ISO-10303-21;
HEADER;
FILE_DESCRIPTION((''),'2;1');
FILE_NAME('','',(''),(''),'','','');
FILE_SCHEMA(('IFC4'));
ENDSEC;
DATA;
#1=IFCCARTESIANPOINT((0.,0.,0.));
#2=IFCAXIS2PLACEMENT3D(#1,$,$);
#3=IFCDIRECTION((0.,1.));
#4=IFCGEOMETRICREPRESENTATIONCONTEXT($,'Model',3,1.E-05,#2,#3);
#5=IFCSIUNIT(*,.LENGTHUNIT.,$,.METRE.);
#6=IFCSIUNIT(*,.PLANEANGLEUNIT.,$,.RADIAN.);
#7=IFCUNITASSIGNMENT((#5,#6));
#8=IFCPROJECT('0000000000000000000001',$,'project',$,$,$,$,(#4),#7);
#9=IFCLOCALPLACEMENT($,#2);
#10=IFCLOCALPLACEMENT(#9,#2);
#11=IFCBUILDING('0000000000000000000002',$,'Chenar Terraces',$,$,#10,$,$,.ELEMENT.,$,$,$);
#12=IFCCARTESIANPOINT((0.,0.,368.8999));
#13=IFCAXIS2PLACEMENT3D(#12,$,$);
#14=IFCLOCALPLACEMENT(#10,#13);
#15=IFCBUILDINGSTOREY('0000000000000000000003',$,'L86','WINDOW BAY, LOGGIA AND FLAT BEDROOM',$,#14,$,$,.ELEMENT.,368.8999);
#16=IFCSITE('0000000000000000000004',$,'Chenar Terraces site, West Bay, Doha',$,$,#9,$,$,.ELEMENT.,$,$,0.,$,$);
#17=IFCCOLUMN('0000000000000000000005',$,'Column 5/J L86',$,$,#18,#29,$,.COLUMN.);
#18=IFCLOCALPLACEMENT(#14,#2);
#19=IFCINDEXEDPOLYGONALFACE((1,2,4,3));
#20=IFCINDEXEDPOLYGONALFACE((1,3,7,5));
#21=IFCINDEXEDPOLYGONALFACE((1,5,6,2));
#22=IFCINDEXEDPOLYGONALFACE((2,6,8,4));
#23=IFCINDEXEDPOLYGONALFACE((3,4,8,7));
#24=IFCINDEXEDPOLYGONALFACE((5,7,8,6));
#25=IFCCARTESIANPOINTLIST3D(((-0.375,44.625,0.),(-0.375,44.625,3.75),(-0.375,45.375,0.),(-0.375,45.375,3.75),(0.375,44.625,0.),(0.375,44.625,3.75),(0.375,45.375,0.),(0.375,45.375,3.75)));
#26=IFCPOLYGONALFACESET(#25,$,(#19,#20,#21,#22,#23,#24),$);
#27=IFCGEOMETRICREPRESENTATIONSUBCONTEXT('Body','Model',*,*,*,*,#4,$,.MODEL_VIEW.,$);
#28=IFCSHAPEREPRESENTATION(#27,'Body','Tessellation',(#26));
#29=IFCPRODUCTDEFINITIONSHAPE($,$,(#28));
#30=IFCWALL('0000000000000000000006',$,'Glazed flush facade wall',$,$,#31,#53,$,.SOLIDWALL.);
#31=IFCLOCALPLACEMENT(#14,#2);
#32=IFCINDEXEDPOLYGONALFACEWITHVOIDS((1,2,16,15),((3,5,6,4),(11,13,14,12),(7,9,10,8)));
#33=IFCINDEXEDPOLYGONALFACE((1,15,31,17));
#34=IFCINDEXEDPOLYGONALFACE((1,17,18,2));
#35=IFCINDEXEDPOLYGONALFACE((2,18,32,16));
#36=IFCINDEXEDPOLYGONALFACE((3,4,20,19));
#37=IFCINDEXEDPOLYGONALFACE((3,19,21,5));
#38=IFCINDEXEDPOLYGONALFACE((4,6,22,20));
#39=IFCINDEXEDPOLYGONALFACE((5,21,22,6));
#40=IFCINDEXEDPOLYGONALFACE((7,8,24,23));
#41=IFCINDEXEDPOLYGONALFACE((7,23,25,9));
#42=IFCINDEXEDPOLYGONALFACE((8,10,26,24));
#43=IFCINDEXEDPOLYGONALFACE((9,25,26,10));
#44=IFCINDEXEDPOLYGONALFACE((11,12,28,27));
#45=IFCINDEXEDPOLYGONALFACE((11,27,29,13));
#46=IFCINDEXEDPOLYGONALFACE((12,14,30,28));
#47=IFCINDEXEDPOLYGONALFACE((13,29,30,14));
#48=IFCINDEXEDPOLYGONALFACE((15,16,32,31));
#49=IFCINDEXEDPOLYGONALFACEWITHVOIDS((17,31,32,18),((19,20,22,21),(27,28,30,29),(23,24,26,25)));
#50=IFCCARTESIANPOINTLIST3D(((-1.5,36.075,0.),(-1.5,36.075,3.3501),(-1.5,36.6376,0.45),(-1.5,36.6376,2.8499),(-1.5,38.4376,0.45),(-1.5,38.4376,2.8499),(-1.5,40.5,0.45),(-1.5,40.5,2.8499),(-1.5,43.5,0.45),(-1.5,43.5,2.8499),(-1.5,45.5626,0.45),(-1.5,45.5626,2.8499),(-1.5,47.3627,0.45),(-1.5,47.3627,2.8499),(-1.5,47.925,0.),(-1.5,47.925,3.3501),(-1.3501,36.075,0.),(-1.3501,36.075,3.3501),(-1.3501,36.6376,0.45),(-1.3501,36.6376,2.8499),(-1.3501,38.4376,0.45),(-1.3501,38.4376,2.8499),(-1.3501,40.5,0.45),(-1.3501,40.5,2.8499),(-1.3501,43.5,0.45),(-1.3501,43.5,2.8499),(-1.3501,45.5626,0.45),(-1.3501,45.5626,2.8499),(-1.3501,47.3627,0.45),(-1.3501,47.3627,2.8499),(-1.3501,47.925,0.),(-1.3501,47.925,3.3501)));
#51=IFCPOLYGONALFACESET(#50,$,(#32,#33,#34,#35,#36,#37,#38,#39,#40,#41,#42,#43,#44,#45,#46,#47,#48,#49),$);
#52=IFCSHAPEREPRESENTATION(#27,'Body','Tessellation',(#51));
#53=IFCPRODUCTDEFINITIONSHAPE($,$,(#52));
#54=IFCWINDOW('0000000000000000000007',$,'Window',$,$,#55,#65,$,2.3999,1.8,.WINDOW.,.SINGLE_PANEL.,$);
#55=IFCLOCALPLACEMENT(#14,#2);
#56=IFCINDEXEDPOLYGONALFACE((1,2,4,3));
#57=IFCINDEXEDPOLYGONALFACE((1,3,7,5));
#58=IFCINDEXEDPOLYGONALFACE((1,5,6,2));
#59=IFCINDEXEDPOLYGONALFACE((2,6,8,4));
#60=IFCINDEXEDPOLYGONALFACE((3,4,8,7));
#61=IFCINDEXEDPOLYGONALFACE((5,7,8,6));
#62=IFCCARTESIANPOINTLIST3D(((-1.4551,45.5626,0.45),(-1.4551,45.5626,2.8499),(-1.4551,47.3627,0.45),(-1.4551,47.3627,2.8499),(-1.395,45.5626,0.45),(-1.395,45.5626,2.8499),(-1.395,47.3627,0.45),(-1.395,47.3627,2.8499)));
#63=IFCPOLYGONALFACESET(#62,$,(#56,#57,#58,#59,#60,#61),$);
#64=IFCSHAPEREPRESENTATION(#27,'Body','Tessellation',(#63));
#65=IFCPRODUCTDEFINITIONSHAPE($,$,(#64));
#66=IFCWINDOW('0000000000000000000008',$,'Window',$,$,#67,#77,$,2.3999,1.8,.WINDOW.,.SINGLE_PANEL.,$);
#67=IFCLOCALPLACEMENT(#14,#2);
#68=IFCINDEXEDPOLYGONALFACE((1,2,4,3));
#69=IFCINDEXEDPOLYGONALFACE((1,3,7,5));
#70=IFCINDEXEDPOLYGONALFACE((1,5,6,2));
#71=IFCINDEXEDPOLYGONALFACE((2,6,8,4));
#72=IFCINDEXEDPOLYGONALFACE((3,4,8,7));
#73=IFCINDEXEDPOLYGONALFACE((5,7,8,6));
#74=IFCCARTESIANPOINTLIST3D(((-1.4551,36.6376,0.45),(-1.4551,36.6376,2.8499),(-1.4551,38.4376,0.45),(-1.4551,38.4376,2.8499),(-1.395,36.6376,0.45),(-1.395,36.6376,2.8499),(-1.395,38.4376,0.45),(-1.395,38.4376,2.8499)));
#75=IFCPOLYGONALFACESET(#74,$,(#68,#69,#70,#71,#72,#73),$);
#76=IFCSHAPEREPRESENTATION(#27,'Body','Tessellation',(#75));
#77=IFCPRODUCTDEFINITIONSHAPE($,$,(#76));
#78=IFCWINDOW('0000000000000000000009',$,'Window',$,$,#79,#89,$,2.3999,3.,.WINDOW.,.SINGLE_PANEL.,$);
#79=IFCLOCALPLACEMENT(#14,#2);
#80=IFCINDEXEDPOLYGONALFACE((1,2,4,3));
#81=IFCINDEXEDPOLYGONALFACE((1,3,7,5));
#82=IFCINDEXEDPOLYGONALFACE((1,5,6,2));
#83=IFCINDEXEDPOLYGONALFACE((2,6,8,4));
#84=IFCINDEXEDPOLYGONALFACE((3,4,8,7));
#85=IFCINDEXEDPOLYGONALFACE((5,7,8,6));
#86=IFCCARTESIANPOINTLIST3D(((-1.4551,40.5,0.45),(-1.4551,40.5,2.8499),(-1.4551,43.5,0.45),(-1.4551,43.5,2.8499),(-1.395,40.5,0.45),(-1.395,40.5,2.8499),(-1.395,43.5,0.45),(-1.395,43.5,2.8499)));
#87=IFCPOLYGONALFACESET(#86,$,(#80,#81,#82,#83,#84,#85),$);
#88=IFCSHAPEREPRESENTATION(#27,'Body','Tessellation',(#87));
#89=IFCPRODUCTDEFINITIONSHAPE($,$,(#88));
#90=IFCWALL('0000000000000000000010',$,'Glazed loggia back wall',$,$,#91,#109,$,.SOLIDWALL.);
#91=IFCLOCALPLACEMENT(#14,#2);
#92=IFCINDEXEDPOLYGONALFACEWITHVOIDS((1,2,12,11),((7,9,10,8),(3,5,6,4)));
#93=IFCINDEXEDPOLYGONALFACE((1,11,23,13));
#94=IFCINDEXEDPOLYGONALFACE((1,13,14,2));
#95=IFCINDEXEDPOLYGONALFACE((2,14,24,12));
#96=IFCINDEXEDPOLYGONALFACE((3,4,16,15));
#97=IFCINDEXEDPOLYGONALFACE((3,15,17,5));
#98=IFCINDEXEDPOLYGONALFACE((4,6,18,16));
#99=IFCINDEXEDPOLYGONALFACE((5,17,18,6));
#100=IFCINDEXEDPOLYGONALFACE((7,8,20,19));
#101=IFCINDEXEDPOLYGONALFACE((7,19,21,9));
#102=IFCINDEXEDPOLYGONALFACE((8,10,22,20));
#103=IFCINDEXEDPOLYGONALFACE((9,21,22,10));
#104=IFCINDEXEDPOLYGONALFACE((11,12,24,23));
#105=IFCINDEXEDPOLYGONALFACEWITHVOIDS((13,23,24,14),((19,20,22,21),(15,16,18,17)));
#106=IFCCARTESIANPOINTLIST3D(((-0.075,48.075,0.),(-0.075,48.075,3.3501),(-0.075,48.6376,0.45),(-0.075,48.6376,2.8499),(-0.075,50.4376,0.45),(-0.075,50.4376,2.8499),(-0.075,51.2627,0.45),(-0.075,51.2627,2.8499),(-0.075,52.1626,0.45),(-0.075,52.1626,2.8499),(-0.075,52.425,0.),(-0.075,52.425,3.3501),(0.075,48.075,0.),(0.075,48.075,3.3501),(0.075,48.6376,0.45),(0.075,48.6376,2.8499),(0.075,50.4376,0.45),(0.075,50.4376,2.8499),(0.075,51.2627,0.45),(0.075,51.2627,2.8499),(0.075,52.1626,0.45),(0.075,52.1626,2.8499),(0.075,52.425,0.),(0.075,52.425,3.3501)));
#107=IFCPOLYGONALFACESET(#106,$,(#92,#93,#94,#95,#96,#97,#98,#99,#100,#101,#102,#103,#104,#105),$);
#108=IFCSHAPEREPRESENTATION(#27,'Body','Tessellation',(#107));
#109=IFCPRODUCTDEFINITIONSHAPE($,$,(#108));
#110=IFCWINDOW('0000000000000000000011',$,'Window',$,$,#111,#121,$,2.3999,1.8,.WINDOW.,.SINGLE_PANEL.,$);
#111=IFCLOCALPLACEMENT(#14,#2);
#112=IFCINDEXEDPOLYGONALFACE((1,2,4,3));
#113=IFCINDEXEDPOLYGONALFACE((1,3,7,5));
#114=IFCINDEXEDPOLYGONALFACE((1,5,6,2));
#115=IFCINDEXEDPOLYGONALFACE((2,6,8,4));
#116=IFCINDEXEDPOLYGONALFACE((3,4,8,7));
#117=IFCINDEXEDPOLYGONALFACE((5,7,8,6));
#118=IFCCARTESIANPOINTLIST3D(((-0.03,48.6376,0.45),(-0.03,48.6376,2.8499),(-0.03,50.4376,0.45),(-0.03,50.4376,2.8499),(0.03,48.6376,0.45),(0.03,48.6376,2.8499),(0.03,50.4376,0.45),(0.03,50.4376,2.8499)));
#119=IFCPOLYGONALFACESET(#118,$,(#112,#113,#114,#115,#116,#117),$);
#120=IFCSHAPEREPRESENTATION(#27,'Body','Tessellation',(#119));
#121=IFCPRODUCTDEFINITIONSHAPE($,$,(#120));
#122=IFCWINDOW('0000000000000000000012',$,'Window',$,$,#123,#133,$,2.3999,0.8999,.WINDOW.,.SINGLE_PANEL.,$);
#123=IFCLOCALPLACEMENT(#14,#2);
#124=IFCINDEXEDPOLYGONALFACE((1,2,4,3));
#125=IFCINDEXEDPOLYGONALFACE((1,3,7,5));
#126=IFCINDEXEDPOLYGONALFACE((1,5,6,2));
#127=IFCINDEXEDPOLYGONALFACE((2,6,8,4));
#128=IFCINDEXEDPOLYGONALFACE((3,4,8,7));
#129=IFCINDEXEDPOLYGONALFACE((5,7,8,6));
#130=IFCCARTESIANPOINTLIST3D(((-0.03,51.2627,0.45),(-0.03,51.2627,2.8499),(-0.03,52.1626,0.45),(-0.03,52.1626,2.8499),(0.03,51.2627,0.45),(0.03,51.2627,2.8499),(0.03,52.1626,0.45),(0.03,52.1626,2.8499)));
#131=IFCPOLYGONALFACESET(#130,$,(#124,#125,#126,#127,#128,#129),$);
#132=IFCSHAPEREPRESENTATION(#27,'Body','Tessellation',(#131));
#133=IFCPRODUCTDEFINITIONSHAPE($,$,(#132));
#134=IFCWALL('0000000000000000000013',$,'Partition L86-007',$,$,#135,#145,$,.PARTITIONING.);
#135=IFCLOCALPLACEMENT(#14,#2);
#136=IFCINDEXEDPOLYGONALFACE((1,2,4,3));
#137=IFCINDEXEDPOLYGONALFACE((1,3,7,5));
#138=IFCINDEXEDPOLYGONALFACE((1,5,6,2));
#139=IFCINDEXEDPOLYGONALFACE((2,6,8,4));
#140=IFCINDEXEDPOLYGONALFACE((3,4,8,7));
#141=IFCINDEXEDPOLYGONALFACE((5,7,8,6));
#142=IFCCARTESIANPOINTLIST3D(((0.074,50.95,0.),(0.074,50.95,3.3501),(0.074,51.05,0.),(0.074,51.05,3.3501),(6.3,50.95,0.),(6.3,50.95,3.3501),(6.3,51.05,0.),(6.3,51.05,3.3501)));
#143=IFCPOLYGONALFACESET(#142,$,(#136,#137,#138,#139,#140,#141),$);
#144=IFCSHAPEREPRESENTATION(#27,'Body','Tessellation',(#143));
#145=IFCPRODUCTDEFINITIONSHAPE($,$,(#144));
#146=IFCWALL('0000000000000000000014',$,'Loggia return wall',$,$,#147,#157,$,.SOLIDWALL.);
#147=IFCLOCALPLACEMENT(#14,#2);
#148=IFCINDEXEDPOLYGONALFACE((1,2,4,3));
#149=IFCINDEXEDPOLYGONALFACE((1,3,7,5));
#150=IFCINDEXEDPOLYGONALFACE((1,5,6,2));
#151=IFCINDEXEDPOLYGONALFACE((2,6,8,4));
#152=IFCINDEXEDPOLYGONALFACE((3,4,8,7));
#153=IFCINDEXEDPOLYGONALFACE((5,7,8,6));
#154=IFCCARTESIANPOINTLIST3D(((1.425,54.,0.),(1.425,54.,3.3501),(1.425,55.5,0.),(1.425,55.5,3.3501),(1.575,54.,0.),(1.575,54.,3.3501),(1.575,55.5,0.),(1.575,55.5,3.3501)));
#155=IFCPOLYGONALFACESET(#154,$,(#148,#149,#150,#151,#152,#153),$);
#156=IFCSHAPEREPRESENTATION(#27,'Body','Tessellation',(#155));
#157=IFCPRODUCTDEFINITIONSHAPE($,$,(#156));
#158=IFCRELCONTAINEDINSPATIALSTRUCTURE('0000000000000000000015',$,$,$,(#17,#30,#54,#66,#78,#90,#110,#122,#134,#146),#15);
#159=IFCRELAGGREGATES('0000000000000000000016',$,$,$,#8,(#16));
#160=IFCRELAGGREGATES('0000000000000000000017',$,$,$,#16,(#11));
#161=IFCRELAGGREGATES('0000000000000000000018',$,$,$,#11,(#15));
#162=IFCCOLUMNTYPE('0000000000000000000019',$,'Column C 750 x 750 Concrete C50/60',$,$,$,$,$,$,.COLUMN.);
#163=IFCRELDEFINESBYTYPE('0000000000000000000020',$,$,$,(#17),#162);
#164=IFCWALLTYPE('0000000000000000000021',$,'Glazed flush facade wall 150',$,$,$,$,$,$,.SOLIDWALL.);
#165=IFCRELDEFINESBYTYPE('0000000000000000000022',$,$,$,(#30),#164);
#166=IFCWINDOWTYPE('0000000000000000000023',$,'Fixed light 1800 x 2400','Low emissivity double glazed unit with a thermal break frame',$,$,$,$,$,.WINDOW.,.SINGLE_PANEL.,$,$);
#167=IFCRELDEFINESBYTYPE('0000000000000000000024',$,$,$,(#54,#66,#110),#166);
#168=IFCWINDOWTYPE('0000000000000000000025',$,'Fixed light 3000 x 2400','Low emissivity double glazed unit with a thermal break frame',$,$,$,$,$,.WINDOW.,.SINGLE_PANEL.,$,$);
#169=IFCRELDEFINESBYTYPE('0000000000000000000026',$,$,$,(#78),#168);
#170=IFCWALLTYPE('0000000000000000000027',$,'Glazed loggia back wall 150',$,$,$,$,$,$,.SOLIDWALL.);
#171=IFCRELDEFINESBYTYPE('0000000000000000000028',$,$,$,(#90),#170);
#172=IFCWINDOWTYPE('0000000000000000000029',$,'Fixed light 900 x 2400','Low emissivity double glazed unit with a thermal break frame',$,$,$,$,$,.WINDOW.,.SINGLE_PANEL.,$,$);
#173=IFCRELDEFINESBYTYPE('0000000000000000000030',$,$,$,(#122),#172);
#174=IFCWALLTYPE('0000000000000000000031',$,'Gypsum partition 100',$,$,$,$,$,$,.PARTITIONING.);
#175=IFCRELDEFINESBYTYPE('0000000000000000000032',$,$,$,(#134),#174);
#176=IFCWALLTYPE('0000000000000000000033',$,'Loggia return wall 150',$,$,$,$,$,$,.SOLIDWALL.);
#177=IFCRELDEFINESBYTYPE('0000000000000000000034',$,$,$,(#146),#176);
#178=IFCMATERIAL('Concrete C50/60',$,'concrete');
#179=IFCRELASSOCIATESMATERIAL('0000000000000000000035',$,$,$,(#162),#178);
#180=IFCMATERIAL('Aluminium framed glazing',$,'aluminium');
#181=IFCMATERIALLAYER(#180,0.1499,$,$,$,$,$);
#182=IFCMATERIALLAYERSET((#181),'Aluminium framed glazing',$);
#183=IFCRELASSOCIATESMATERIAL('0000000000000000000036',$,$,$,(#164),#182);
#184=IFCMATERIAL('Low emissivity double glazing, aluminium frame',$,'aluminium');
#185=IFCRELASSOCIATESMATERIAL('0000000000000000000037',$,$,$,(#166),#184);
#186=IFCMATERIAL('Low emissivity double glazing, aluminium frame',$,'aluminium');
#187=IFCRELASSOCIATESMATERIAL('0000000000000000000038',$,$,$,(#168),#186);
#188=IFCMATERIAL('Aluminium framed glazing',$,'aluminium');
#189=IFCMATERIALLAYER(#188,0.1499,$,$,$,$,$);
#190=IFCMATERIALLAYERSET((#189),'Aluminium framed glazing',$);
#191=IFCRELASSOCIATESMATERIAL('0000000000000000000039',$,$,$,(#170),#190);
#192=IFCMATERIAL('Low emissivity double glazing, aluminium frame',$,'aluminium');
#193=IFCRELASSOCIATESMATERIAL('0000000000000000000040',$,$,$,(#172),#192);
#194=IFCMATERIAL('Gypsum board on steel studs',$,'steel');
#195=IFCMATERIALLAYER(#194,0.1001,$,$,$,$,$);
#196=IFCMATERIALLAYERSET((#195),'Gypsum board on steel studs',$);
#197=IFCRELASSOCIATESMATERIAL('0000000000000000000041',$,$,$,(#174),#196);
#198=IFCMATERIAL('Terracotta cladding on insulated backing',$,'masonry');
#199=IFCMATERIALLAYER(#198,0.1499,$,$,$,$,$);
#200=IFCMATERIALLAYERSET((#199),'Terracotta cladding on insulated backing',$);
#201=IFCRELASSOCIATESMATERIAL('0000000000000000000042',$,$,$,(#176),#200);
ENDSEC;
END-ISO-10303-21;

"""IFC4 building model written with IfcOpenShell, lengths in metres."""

from ifc_helpers import new_model, si_unit, direction, frame, frame_2d, origin, origin_2d, place, context, subcontext, project, spatial, rectangle, extrude, material, layer, layer_set, material_profile, profile_set, type_object, element, fill, save


model = new_model("IFC4")

# Units and contexts
model_context = context("Model", 3, precision=1e-05, world=origin(), true_north=direction((0.0, 1.0)))
body_context = subcontext(model_context, "Body", "Model", "MODEL_VIEW")
ifc_project = project(units=[si_unit("LENGTHUNIT", "METRE"), si_unit("PLANEANGLEUNIT", "RADIAN")], contexts=[model_context])

# Site, building, storey
site_placement = place(None, origin())
site = spatial("IfcSite", under=ifc_project, at=site_placement, Name="Chenar Terraces site, West Bay, Doha", CompositionType="ELEMENT", RefElevation=0.0)
building_placement = place(site_placement, origin())
building = spatial("IfcBuilding", under=site, at=building_placement, Name="Chenar Terraces", CompositionType="ELEMENT")
storey_placement = place(building_placement, frame((0.0, 0.0, 368.8999)))
storey = spatial("IfcBuildingStorey", under=building, at=storey_placement, Name="L86", Description="WINDOW BAY, LOGGIA AND FLAT BEDROOM", CompositionType="ELEMENT", Elevation=368.8999)

# Column
ifc_material_1 = material(Name="Concrete C50/60", Category="concrete")
ifc_material_profile_1 = material_profile(ifc_material_1, rectangle(XDim=0.75, YDim=0.75, at=origin_2d()), Name="C 750 x 750")
ifc_profile_set_1 = profile_set([ifc_material_profile_1], Name="Concrete C50/60")
column_type = type_object("IfcColumnType", Name="Column C 750 x 750 Concrete C50/60", PredefinedType="COLUMN", material=ifc_profile_set_1)
placement = place(storey_placement, frame((0.0, 45.0, 0.0), z_axis=(0.0, 0.0, 1.0), x_axis=(1.0, 0.0, 0.0)))
element("IfcColumn", 1, at=placement, inside=storey, type_object=column_type, Name="Column 5/J L86", PredefinedType="COLUMN", context=body_context, shape_type="SweptSolid", body=[
    extrude(rectangle(XDim=0.75, YDim=0.75, at=origin_2d()), origin(), (0.0, 0.0, 1.0), 3.75),
])

# Walls, openings, windows
ifc_material_2 = material(Name="Aluminium framed glazing", Category="aluminium")
ifc_layer_1 = layer(ifc_material_2, 0.1499)
ifc_layer_set_1 = layer_set([ifc_layer_1], Name="Aluminium framed glazing")
wall_type_1 = type_object("IfcWallType", Name="Glazed flush facade wall 150", PredefinedType="SOLIDWALL", material=ifc_layer_set_1)
wall_1_placement = place(storey_placement, frame((-1.425, 47.925, 0.0), z_axis=(0.0, 0.0, 1.0), x_axis=(0.0, -1.0, 0.0)))
wall_1 = element("IfcWall", 2, at=wall_1_placement, inside=storey, type_object=wall_type_1, Name="Glazed flush facade wall", PredefinedType="SOLIDWALL", context=body_context, shape_type="SweptSolid", body=[
    extrude(rectangle(XDim=11.8501, YDim=0.1499, at=frame_2d((5.925, 0.0))), origin(), (0.0, 0.0, 1.0), 3.3501),
])
opening_1_placement = place(wall_1_placement, frame((0.5625, 0.0, 0.45)))
opening_1 = element("IfcOpeningElement", 3, at=opening_1_placement, cuts=wall_1, PredefinedType="OPENING", context=body_context, shape_type="SweptSolid", body=[
    extrude(rectangle(XDim=1.8, YDim=2.3999, at=frame_2d((0.8999, 1.2))), frame((0.0, 0.085, 0.0), z_axis=(0.0, -1.0, 0.0), x_axis=(1.0, 0.0, 0.0)), (0.0, 0.0, 1.0), 0.1699),
])
opening_2_placement = place(wall_1_placement, frame((4.425, 0.0, 0.45)))
opening_2 = element("IfcOpeningElement", 4, at=opening_2_placement, cuts=wall_1, PredefinedType="OPENING", context=body_context, shape_type="SweptSolid", body=[
    extrude(rectangle(XDim=3.0, YDim=2.3999, at=frame_2d((1.5, 1.2))), frame((0.0, 0.085, 0.0), z_axis=(0.0, -1.0, 0.0), x_axis=(1.0, 0.0, 0.0)), (0.0, 0.0, 1.0), 0.1699),
])
opening_3_placement = place(wall_1_placement, frame((9.4875, 0.0, 0.45)))
opening_3 = element("IfcOpeningElement", 5, at=opening_3_placement, cuts=wall_1, PredefinedType="OPENING", context=body_context, shape_type="SweptSolid", body=[
    extrude(rectangle(XDim=1.8, YDim=2.3999, at=frame_2d((0.8999, 1.2))), frame((0.0, 0.085, 0.0), z_axis=(0.0, -1.0, 0.0), x_axis=(1.0, 0.0, 0.0)), (0.0, 0.0, 1.0), 0.1699),
])
ifc_material_3 = material(Name="Low emissivity double glazing, aluminium frame", Category="aluminium")
window_type_1 = type_object("IfcWindowType", Name="Fixed light 1800 x 2400", Description="Low emissivity double glazed unit with a thermal break frame", PartitioningType="SINGLE_PANEL", PredefinedType="WINDOW", material=ifc_material_3)
window_1_placement = place(opening_1_placement, origin())
window_1 = element("IfcWindow", 6, at=window_1_placement, inside=storey, type_object=window_type_1, Name="Window", OverallHeight=2.3999, OverallWidth=1.8, PartitioningType="SINGLE_PANEL", PredefinedType="WINDOW", context=body_context, shape_type="SweptSolid", body=[
    extrude(rectangle(XDim=1.8, YDim=2.3999, at=frame_2d((0.8999, 1.2))), frame((0.0, 0.03, 0.0), z_axis=(0.0, -1.0, 0.0), x_axis=(1.0, 0.0, 0.0)), (0.0, 0.0, 1.0), 0.0601),
])
fill(opening_1, window_1)
window_2_placement = place(opening_3_placement, origin())
window_2 = element("IfcWindow", 7, at=window_2_placement, inside=storey, type_object=window_type_1, Name="Window", OverallHeight=2.3999, OverallWidth=1.8, PartitioningType="SINGLE_PANEL", PredefinedType="WINDOW", context=body_context, shape_type="SweptSolid", body=[
    extrude(rectangle(XDim=1.8, YDim=2.3999, at=frame_2d((0.8999, 1.2))), frame((0.0, 0.03, 0.0), z_axis=(0.0, -1.0, 0.0), x_axis=(1.0, 0.0, 0.0)), (0.0, 0.0, 1.0), 0.0601),
])
fill(opening_3, window_2)
ifc_material_4 = material(Name="Low emissivity double glazing, aluminium frame", Category="aluminium")
window_type_2 = type_object("IfcWindowType", Name="Fixed light 3000 x 2400", Description="Low emissivity double glazed unit with a thermal break frame", PartitioningType="SINGLE_PANEL", PredefinedType="WINDOW", material=ifc_material_4)
window_3_placement = place(opening_2_placement, origin())
window_3 = element("IfcWindow", 8, at=window_3_placement, inside=storey, type_object=window_type_2, Name="Window", OverallHeight=2.3999, OverallWidth=3.0, PartitioningType="SINGLE_PANEL", PredefinedType="WINDOW", context=body_context, shape_type="SweptSolid", body=[
    extrude(rectangle(XDim=3.0, YDim=2.3999, at=frame_2d((1.5, 1.2))), frame((0.0, 0.03, 0.0), z_axis=(0.0, -1.0, 0.0), x_axis=(1.0, 0.0, 0.0)), (0.0, 0.0, 1.0), 0.0601),
])
fill(opening_2, window_3)
ifc_material_5 = material(Name="Aluminium framed glazing", Category="aluminium")
ifc_layer_2 = layer(ifc_material_5, 0.1499)
ifc_layer_set_2 = layer_set([ifc_layer_2], Name="Aluminium framed glazing")
wall_type_2 = type_object("IfcWallType", Name="Glazed loggia back wall 150", PredefinedType="SOLIDWALL", material=ifc_layer_set_2)
wall_2_placement = place(storey_placement, frame((0.0, 52.425, 0.0), z_axis=(0.0, 0.0, 1.0), x_axis=(0.0, -1.0, 0.0)))
wall_2 = element("IfcWall", 9, at=wall_2_placement, inside=storey, type_object=wall_type_2, Name="Glazed loggia back wall", PredefinedType="SOLIDWALL", context=body_context, shape_type="SweptSolid", body=[
    extrude(rectangle(XDim=4.3501, YDim=0.1499, at=frame_2d((2.175, 0.0))), origin(), (0.0, 0.0, 1.0), 3.3501),
])
opening_4_placement = place(wall_2_placement, frame((0.2625, 0.0, 0.45)))
opening_4 = element("IfcOpeningElement", 10, at=opening_4_placement, cuts=wall_2, PredefinedType="OPENING", context=body_context, shape_type="SweptSolid", body=[
    extrude(rectangle(XDim=0.8999, YDim=2.3999, at=frame_2d((0.45, 1.2))), frame((0.0, 0.085, 0.0), z_axis=(0.0, -1.0, 0.0), x_axis=(1.0, 0.0, 0.0)), (0.0, 0.0, 1.0), 0.1699),
])
opening_5_placement = place(wall_2_placement, frame((1.9875, 0.0, 0.45)))
opening_5 = element("IfcOpeningElement", 11, at=opening_5_placement, cuts=wall_2, PredefinedType="OPENING", context=body_context, shape_type="SweptSolid", body=[
    extrude(rectangle(XDim=1.8, YDim=2.3999, at=frame_2d((0.8999, 1.2))), frame((0.0, 0.085, 0.0), z_axis=(0.0, -1.0, 0.0), x_axis=(1.0, 0.0, 0.0)), (0.0, 0.0, 1.0), 0.1699),
])
window_4_placement = place(opening_5_placement, origin())
window_4 = element("IfcWindow", 12, at=window_4_placement, inside=storey, type_object=window_type_1, Name="Window", OverallHeight=2.3999, OverallWidth=1.8, PartitioningType="SINGLE_PANEL", PredefinedType="WINDOW", context=body_context, shape_type="SweptSolid", body=[
    extrude(rectangle(XDim=1.8, YDim=2.3999, at=frame_2d((0.8999, 1.2))), frame((0.0, 0.03, 0.0), z_axis=(0.0, -1.0, 0.0), x_axis=(1.0, 0.0, 0.0)), (0.0, 0.0, 1.0), 0.0601),
])
fill(opening_5, window_4)
ifc_material_6 = material(Name="Low emissivity double glazing, aluminium frame", Category="aluminium")
window_type_3 = type_object("IfcWindowType", Name="Fixed light 900 x 2400", Description="Low emissivity double glazed unit with a thermal break frame", PartitioningType="SINGLE_PANEL", PredefinedType="WINDOW", material=ifc_material_6)
window_5_placement = place(opening_4_placement, origin())
window_5 = element("IfcWindow", 13, at=window_5_placement, inside=storey, type_object=window_type_3, Name="Window", OverallHeight=2.3999, OverallWidth=0.8999, PartitioningType="SINGLE_PANEL", PredefinedType="WINDOW", context=body_context, shape_type="SweptSolid", body=[
    extrude(rectangle(XDim=0.8999, YDim=2.3999, at=frame_2d((0.45, 1.2))), frame((0.0, 0.03, 0.0), z_axis=(0.0, -1.0, 0.0), x_axis=(1.0, 0.0, 0.0)), (0.0, 0.0, 1.0), 0.0601),
])
fill(opening_4, window_5)

# Walls
ifc_material_7 = material(Name="Gypsum board on steel studs", Category="steel")
ifc_layer_3 = layer(ifc_material_7, 0.1001)
ifc_layer_set_3 = layer_set([ifc_layer_3], Name="Gypsum board on steel studs")
wall_type_3 = type_object("IfcWallType", Name="Gypsum partition 100", PredefinedType="PARTITIONING", material=ifc_layer_set_3)
wall_3_placement = place(storey_placement, frame((0.074, 51.0, 0.0), z_axis=(0.0, 0.0, 1.0), x_axis=(1.0, 0.0, 0.0)))
element("IfcWall", 14, at=wall_3_placement, inside=storey, type_object=wall_type_3, Name="Partition L86-007", PredefinedType="PARTITIONING", context=body_context, shape_type="SweptSolid", body=[
    extrude(rectangle(XDim=6.2261, YDim=0.1001, at=frame_2d((3.113, 0.0))), origin(), (0.0, 0.0, 1.0), 3.3501),
])
ifc_material_8 = material(Name="Terracotta cladding on insulated backing", Category="masonry")
ifc_layer_4 = layer(ifc_material_8, 0.1499)
ifc_layer_set_4 = layer_set([ifc_layer_4], Name="Terracotta cladding on insulated backing")
wall_type_4 = type_object("IfcWallType", Name="Loggia return wall 150", PredefinedType="SOLIDWALL", material=ifc_layer_set_4)
for number, where, z_axis, x_axis, name in (
    (15, (1.5, 55.5, 0.0), (0.0, 0.0, 1.0), (0.0, -1.0, 0.0), "Loggia return wall"),
):
    element("IfcWall", number, at=place(storey_placement, frame(where, z_axis=z_axis, x_axis=x_axis)), inside=storey, type_object=wall_type_4, Name=name, PredefinedType="SOLIDWALL", context=body_context, shape_type="SweptSolid", body=[
        extrude(rectangle(XDim=1.5, YDim=0.1499, at=frame_2d((0.75, 0.0))), origin(), (0.0, 0.0, 1.0), 3.3501),
    ])

save(model, "model.ifc")
